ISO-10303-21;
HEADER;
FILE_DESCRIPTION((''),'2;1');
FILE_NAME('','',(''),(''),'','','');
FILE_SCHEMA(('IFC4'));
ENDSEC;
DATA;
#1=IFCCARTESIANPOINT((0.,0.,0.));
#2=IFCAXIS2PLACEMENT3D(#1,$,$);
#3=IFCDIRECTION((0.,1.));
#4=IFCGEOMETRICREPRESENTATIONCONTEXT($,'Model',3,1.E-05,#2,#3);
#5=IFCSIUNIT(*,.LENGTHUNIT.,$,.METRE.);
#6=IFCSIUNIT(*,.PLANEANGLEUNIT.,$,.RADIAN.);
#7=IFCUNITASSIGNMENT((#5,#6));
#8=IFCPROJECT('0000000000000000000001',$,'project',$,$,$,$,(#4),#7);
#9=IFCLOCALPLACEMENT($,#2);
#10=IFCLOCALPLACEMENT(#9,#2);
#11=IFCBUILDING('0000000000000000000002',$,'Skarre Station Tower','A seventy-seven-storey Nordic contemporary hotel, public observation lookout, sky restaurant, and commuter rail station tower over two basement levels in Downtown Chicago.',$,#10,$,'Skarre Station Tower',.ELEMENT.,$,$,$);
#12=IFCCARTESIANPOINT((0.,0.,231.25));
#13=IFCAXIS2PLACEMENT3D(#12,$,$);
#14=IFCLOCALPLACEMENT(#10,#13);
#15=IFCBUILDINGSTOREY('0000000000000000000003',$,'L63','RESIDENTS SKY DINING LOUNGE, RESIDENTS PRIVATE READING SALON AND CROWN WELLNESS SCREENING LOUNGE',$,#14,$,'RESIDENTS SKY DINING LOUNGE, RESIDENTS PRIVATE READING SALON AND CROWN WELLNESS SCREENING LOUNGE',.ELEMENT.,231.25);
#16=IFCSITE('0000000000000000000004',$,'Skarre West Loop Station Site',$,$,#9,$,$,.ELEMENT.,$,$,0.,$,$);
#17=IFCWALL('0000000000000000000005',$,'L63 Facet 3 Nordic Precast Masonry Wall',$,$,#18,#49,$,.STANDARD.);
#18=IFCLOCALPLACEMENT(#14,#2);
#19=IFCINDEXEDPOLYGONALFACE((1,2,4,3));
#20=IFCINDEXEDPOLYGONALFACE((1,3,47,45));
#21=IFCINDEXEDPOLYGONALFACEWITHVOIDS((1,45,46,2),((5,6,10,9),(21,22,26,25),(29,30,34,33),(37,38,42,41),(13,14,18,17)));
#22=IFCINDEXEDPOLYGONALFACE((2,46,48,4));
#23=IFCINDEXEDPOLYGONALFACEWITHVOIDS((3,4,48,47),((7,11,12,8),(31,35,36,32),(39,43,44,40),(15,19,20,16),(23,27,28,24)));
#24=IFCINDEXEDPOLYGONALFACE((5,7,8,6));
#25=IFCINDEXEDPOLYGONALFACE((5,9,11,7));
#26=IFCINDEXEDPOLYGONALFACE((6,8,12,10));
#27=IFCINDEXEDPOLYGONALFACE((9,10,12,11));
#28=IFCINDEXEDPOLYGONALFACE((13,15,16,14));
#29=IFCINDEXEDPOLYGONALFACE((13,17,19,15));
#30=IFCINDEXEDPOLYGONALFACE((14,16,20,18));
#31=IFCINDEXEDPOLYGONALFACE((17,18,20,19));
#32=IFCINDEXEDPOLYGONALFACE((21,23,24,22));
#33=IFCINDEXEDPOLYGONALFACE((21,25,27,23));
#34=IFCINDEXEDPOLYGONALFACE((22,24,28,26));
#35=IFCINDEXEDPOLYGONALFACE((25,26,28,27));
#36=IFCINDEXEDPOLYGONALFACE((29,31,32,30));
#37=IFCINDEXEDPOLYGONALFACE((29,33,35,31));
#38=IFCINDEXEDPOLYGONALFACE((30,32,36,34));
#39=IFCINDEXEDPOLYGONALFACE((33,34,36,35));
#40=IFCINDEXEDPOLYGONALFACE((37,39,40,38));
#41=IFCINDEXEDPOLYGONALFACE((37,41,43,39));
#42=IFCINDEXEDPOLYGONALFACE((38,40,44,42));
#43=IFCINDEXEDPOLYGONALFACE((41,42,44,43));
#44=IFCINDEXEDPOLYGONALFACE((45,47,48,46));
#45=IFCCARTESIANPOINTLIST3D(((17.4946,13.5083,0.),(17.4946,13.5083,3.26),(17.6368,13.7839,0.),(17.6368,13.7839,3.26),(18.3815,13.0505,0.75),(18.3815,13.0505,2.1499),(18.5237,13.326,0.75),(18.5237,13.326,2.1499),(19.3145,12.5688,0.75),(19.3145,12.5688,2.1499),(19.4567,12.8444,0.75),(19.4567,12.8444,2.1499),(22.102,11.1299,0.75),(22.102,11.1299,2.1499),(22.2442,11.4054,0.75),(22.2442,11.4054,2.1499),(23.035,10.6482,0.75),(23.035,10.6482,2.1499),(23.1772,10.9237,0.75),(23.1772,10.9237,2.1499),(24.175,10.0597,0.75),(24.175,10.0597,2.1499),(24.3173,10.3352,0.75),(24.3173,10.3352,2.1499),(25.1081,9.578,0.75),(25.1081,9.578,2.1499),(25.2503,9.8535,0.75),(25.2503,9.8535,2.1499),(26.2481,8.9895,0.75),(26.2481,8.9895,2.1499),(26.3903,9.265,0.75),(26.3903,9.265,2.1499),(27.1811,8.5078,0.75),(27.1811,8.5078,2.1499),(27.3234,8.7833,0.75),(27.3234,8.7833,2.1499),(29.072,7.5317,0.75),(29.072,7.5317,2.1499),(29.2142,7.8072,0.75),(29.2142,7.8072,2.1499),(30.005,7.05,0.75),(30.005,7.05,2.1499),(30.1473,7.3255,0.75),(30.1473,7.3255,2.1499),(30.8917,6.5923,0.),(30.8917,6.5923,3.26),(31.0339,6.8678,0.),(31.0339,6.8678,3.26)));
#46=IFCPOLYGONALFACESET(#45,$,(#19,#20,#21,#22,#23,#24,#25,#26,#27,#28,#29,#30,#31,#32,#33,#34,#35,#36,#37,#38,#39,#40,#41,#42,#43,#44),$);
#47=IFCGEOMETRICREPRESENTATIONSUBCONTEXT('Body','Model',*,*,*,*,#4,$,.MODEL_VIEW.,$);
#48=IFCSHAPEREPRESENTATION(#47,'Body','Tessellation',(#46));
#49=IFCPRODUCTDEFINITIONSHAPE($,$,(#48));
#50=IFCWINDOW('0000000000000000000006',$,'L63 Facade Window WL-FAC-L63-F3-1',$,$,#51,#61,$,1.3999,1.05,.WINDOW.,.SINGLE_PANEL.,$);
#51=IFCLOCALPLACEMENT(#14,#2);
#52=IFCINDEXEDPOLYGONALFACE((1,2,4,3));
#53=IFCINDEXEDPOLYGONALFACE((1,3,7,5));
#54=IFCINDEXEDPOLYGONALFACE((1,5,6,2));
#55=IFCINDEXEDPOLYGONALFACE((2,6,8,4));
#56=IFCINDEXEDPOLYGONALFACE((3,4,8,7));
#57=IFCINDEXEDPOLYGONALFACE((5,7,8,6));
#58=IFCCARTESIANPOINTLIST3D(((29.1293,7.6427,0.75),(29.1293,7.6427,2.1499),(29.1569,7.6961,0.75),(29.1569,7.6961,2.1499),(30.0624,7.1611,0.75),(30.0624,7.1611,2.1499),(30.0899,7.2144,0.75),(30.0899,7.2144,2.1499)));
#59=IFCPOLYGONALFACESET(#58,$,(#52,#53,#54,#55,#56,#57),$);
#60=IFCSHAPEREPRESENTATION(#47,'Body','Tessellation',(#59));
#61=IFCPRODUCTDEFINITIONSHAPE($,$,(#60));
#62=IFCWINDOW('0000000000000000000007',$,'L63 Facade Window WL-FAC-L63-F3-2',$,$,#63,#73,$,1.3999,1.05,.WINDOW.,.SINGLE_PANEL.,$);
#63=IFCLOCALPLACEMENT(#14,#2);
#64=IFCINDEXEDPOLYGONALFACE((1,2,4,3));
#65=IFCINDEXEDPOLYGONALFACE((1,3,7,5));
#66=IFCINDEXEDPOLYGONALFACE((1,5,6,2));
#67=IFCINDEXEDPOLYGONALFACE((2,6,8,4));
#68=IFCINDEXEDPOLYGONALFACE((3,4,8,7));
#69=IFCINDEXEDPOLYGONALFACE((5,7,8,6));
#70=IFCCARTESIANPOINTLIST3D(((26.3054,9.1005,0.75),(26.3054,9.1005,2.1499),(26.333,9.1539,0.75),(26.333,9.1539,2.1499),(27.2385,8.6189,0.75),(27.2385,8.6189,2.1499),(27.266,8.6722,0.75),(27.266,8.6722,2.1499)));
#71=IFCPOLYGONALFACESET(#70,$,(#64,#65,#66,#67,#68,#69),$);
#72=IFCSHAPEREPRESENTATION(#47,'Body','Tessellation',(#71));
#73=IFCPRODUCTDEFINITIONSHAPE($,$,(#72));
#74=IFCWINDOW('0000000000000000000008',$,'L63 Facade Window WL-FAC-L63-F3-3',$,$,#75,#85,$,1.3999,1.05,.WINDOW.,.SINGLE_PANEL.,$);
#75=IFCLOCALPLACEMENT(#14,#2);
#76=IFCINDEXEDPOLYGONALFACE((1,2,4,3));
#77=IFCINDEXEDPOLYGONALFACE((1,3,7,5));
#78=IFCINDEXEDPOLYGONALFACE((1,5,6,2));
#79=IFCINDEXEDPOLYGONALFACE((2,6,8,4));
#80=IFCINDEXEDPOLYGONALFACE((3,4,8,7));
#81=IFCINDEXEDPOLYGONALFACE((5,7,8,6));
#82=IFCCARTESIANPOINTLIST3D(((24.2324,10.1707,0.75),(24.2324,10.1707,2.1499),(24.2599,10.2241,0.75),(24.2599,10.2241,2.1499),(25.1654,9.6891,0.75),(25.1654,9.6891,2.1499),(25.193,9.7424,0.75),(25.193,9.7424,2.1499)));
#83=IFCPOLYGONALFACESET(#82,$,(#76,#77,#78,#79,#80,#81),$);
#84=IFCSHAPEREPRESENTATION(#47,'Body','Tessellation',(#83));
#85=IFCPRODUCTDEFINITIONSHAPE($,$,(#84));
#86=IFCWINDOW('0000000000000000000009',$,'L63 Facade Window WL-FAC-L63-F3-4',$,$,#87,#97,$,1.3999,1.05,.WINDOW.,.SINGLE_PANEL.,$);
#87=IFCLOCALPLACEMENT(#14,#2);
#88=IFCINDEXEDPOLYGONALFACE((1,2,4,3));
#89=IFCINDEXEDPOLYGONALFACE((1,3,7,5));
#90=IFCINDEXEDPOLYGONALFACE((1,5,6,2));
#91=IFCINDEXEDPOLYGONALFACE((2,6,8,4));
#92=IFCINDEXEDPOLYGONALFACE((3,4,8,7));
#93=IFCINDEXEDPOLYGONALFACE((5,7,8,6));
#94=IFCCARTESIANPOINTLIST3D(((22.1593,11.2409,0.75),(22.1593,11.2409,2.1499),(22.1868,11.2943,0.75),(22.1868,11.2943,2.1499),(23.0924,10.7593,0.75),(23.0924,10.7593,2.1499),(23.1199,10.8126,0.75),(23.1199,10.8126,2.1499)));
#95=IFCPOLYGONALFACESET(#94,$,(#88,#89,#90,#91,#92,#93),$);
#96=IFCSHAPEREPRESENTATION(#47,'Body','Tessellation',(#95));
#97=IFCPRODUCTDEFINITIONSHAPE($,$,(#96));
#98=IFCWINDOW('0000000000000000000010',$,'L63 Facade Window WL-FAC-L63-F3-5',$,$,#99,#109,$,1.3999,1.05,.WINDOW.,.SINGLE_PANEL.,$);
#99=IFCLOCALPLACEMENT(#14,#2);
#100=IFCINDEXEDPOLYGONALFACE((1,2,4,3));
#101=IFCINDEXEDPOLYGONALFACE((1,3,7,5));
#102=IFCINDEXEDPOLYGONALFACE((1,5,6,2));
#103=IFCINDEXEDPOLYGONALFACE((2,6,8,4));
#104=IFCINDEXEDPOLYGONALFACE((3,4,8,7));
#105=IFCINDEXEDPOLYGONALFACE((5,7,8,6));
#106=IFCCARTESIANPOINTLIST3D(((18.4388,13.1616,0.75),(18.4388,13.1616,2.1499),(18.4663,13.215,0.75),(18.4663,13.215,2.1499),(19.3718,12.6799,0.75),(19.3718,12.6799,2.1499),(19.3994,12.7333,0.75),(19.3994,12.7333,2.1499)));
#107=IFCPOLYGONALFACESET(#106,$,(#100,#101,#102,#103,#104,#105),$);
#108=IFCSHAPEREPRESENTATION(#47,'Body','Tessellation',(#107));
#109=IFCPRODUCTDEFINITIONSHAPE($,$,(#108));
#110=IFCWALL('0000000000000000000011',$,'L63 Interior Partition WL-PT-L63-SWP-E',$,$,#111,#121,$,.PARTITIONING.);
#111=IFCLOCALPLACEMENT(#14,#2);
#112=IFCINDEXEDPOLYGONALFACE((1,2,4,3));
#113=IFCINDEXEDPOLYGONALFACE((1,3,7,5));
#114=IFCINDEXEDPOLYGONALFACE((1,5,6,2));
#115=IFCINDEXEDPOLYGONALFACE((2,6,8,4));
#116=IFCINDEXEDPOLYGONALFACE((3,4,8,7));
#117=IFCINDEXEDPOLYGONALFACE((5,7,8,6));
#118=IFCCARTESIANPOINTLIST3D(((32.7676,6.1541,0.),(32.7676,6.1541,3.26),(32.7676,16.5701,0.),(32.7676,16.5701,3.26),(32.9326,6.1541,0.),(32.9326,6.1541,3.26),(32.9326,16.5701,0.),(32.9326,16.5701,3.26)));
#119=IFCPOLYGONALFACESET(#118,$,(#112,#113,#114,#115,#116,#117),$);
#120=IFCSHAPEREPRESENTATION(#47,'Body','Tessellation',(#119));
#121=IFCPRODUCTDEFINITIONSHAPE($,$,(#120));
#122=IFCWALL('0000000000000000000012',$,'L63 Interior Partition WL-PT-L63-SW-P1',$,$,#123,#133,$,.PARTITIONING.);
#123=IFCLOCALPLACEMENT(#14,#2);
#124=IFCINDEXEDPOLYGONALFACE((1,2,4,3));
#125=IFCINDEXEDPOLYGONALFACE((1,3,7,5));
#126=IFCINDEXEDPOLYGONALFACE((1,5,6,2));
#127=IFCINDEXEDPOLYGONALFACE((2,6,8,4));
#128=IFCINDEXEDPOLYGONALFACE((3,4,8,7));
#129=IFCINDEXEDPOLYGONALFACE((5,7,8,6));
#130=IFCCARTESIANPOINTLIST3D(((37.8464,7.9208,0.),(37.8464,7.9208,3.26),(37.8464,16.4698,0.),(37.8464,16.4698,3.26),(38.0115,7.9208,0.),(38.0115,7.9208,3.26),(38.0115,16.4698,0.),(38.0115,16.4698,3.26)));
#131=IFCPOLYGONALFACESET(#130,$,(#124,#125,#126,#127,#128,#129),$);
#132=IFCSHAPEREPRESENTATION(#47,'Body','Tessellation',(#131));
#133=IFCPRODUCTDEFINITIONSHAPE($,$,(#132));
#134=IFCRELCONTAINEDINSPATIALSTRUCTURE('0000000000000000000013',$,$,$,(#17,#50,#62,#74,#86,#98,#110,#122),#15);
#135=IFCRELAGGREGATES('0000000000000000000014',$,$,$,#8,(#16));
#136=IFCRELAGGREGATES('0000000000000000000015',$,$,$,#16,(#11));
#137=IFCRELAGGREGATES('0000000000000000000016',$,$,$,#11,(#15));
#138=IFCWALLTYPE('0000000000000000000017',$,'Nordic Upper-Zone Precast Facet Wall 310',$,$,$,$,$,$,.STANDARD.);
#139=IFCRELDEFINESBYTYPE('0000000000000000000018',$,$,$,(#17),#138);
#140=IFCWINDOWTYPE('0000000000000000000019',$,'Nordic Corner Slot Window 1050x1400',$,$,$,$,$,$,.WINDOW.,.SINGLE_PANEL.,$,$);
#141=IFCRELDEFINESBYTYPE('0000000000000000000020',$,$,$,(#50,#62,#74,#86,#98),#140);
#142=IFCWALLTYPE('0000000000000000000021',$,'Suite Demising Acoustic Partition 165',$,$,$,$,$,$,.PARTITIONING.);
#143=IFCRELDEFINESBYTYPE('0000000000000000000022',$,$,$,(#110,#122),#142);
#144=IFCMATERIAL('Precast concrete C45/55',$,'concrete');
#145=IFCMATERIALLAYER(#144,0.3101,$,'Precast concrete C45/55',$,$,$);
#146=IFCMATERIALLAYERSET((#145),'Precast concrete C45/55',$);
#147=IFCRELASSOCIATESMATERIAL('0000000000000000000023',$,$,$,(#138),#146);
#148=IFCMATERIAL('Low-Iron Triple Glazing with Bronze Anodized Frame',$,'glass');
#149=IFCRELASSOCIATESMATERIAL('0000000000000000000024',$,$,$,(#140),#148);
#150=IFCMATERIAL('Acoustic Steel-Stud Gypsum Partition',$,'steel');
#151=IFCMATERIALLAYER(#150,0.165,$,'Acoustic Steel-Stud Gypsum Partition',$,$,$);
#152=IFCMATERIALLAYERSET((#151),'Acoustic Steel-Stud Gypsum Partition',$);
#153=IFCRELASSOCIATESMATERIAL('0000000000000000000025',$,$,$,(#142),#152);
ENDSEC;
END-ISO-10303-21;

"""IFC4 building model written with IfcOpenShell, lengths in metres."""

from ifc_helpers import new_model, si_unit, direction, frame, frame_2d, origin, place, context, subcontext, project, spatial, rectangle, extrude, material, layer, layer_set, type_object, element, fill, save


model = new_model("IFC4")

# Units and contexts
model_context = context("Model", 3, precision=1e-05, world=origin(), true_north=direction((0.0, 1.0)))
body_context = subcontext(model_context, "Body", "Model", "MODEL_VIEW")
ifc_project = project(units=[si_unit("LENGTHUNIT", "METRE"), si_unit("PLANEANGLEUNIT", "RADIAN")], contexts=[model_context])

# Site, building, storey
site_placement = place(None, origin())
site = spatial("IfcSite", under=ifc_project, at=site_placement, Name="Skarre West Loop Station Site", CompositionType="ELEMENT", RefElevation=0.0)
building_placement = place(site_placement, origin())
building = spatial("IfcBuilding", under=site, at=building_placement, Name="Skarre Station Tower", Description="A seventy-seven-storey Nordic contemporary hotel, public observation lookout, sky restaurant, and commuter rail station tower over two basement levels in Downtown Chicago.", LongName="Skarre Station Tower", CompositionType="ELEMENT")
storey_placement = place(building_placement, frame((0.0, 0.0, 231.25)))
storey = spatial("IfcBuildingStorey", under=building, at=storey_placement, Name="L63", Description="RESIDENTS SKY DINING LOUNGE, RESIDENTS PRIVATE READING SALON AND CROWN WELLNESS SCREENING LOUNGE", LongName="RESIDENTS SKY DINING LOUNGE, RESIDENTS PRIVATE READING SALON AND CROWN WELLNESS SCREENING LOUNGE", CompositionType="ELEMENT", Elevation=231.25)

# Shared definitions
ifc_material_1 = material(Name="Precast concrete C45/55", Category="concrete")

# Wall, openings, windows
ifc_layer_1 = layer(ifc_material_1, 0.3101, Name="Precast concrete C45/55")
ifc_layer_set_1 = layer_set([ifc_layer_1], Name="Precast concrete C45/55")
wall_type_1 = type_object("IfcWallType", Name="Nordic Upper-Zone Precast Facet Wall 310", PredefinedType="STANDARD", material=ifc_layer_set_1)
wall_1_placement = place(storey_placement, frame((30.9629, 6.73, 0.0), z_axis=(0.0, 0.0, 1.0), x_axis=(-0.888581, 0.458719, 0.0)))
wall_1 = element("IfcWall", 1, at=wall_1_placement, inside=storey, type_object=wall_type_1, Name="L63 Facet 3 Nordic Precast Masonry Wall", PredefinedType="STANDARD", context=body_context, shape_type="SweptSolid", body=[
    extrude(rectangle(XDim=15.0769, YDim=0.3101, at=frame_2d((7.5386, 0.0))), origin(), (0.0, 0.0, 1.0), 3.26),
])
opening_1_placement = place(wall_1_placement, frame((0.998, 0.0, 0.75)))
opening_1 = element("IfcOpeningElement", 2, at=opening_1_placement, cuts=wall_1, PredefinedType="OPENING", context=body_context, shape_type="SweptSolid", body=[
    extrude(rectangle(XDim=1.05, YDim=1.3999, at=frame_2d((0.5249, 0.7))), frame((0.0, 0.165, 0.0), z_axis=(0.0, -1.0, 0.0), x_axis=(1.0, 0.0, 0.0)), (0.0, 0.0, 1.0), 0.3301),
])
opening_2_placement = place(wall_1_placement, frame((4.176, 0.0, 0.75)))
opening_2 = element("IfcOpeningElement", 3, at=opening_2_placement, cuts=wall_1, PredefinedType="OPENING", context=body_context, shape_type="SweptSolid", body=[
    extrude(rectangle(XDim=1.05, YDim=1.3999, at=frame_2d((0.5249, 0.7))), frame((0.0, 0.165, 0.0), z_axis=(0.0, -1.0, 0.0), x_axis=(1.0, 0.0, 0.0)), (0.0, 0.0, 1.0), 0.3301),
])
opening_3_placement = place(wall_1_placement, frame((6.509, 0.0, 0.75)))
opening_3 = element("IfcOpeningElement", 4, at=opening_3_placement, cuts=wall_1, PredefinedType="OPENING", context=body_context, shape_type="SweptSolid", body=[
    extrude(rectangle(XDim=1.05, YDim=1.3999, at=frame_2d((0.5249, 0.7))), frame((0.0, 0.165, 0.0), z_axis=(0.0, -1.0, 0.0), x_axis=(1.0, 0.0, 0.0)), (0.0, 0.0, 1.0), 0.3301),
])
opening_4_placement = place(wall_1_placement, frame((8.842, 0.0, 0.75)))
opening_4 = element("IfcOpeningElement", 5, at=opening_4_placement, cuts=wall_1, PredefinedType="OPENING", context=body_context, shape_type="SweptSolid", body=[
    extrude(rectangle(XDim=1.05, YDim=1.3999, at=frame_2d((0.5249, 0.7))), frame((0.0, 0.165, 0.0), z_axis=(0.0, -1.0, 0.0), x_axis=(1.0, 0.0, 0.0)), (0.0, 0.0, 1.0), 0.3301),
])
opening_5_placement = place(wall_1_placement, frame((13.0291, 0.0, 0.75)))
opening_5 = element("IfcOpeningElement", 6, at=opening_5_placement, cuts=wall_1, PredefinedType="OPENING", context=body_context, shape_type="SweptSolid", body=[
    extrude(rectangle(XDim=1.05, YDim=1.3999, at=frame_2d((0.5249, 0.7))), frame((0.0, 0.165, 0.0), z_axis=(0.0, -1.0, 0.0), x_axis=(1.0, 0.0, 0.0)), (0.0, 0.0, 1.0), 0.3301),
])
ifc_material_2 = material(Name="Low-Iron Triple Glazing with Bronze Anodized Frame", Category="glass")
window_type = type_object("IfcWindowType", Name="Nordic Corner Slot Window 1050x1400", PartitioningType="SINGLE_PANEL", PredefinedType="WINDOW", material=ifc_material_2)
window_1_placement = place(opening_1_placement, origin())
window_1 = element("IfcWindow", 7, at=window_1_placement, inside=storey, type_object=window_type, Name="L63 Facade Window WL-FAC-L63-F3-1", OverallHeight=1.3999, OverallWidth=1.05, PartitioningType="SINGLE_PANEL", PredefinedType="WINDOW", context=body_context, shape_type="SweptSolid", body=[
    extrude(rectangle(XDim=1.05, YDim=1.3999, at=frame_2d((0.5249, 0.7))), frame((0.0, 0.03, 0.0), z_axis=(0.0, -1.0, 0.0), x_axis=(1.0, 0.0, 0.0)), (0.0, 0.0, 1.0), 0.0601),
])
fill(opening_1, window_1)
window_2_placement = place(opening_2_placement, origin())
window_2 = element("IfcWindow", 8, at=window_2_placement, inside=storey, type_object=window_type, Name="L63 Facade Window WL-FAC-L63-F3-2", OverallHeight=1.3999, OverallWidth=1.05, PartitioningType="SINGLE_PANEL", PredefinedType="WINDOW", context=body_context, shape_type="SweptSolid", body=[
    extrude(rectangle(XDim=1.05, YDim=1.3999, at=frame_2d((0.5249, 0.7))), frame((0.0, 0.03, 0.0), z_axis=(0.0, -1.0, 0.0), x_axis=(1.0, 0.0, 0.0)), (0.0, 0.0, 1.0), 0.0601),
])
fill(opening_2, window_2)
window_3_placement = place(opening_3_placement, origin())
window_3 = element("IfcWindow", 9, at=window_3_placement, inside=storey, type_object=window_type, Name="L63 Facade Window WL-FAC-L63-F3-3", OverallHeight=1.3999, OverallWidth=1.05, PartitioningType="SINGLE_PANEL", PredefinedType="WINDOW", context=body_context, shape_type="SweptSolid", body=[
    extrude(rectangle(XDim=1.05, YDim=1.3999, at=frame_2d((0.5249, 0.7))), frame((0.0, 0.03, 0.0), z_axis=(0.0, -1.0, 0.0), x_axis=(1.0, 0.0, 0.0)), (0.0, 0.0, 1.0), 0.0601),
])
fill(opening_3, window_3)
window_4_placement = place(opening_4_placement, origin())
window_4 = element("IfcWindow", 10, at=window_4_placement, inside=storey, type_object=window_type, Name="L63 Facade Window WL-FAC-L63-F3-4", OverallHeight=1.3999, OverallWidth=1.05, PartitioningType="SINGLE_PANEL", PredefinedType="WINDOW", context=body_context, shape_type="SweptSolid", body=[
    extrude(rectangle(XDim=1.05, YDim=1.3999, at=frame_2d((0.5249, 0.7))), frame((0.0, 0.03, 0.0), z_axis=(0.0, -1.0, 0.0), x_axis=(1.0, 0.0, 0.0)), (0.0, 0.0, 1.0), 0.0601),
])
fill(opening_4, window_4)
window_5_placement = place(opening_5_placement, origin())
window_5 = element("IfcWindow", 11, at=window_5_placement, inside=storey, type_object=window_type, Name="L63 Facade Window WL-FAC-L63-F3-5", OverallHeight=1.3999, OverallWidth=1.05, PartitioningType="SINGLE_PANEL", PredefinedType="WINDOW", context=body_context, shape_type="SweptSolid", body=[
    extrude(rectangle(XDim=1.05, YDim=1.3999, at=frame_2d((0.5249, 0.7))), frame((0.0, 0.03, 0.0), z_axis=(0.0, -1.0, 0.0), x_axis=(1.0, 0.0, 0.0)), (0.0, 0.0, 1.0), 0.0601),
])
fill(opening_5, window_5)

# Walls
ifc_material_3 = material(Name="Acoustic Steel-Stud Gypsum Partition", Category="steel")
ifc_layer_2 = layer(ifc_material_3, 0.165, Name="Acoustic Steel-Stud Gypsum Partition")
ifc_layer_set_2 = layer_set([ifc_layer_2], Name="Acoustic Steel-Stud Gypsum Partition")
wall_type_2 = type_object("IfcWallType", Name="Suite Demising Acoustic Partition 165", PredefinedType="PARTITIONING", material=ifc_layer_set_2)
wall_2_placement = place(storey_placement, frame((32.8501, 6.1541, 0.0), z_axis=(0.0, 0.0, 1.0), x_axis=(0.0, 1.0, 0.0)))
element("IfcWall", 12, at=wall_2_placement, inside=storey, type_object=wall_type_2, Name="L63 Interior Partition WL-PT-L63-SWP-E", PredefinedType="PARTITIONING", context=body_context, shape_type="SweptSolid", body=[
    extrude(rectangle(XDim=10.416, YDim=0.165, at=frame_2d((5.208, 0.0))), origin(), (0.0, 0.0, 1.0), 3.26),
])
wall_3_placement = place(storey_placement, frame((37.929, 7.9209, 0.0), z_axis=(0.0, 0.0, 1.0), x_axis=(0.0, 1.0, 0.0)))
element("IfcWall", 13, at=wall_3_placement, inside=storey, type_object=wall_type_2, Name="L63 Interior Partition WL-PT-L63-SW-P1", PredefinedType="PARTITIONING", context=body_context, shape_type="SweptSolid", body=[
    extrude(rectangle(XDim=8.5491, YDim=0.165, at=frame_2d((4.2744, 0.0))), origin(), (0.0, 0.0, 1.0), 3.26),
])

save(model, "model.ifc")
